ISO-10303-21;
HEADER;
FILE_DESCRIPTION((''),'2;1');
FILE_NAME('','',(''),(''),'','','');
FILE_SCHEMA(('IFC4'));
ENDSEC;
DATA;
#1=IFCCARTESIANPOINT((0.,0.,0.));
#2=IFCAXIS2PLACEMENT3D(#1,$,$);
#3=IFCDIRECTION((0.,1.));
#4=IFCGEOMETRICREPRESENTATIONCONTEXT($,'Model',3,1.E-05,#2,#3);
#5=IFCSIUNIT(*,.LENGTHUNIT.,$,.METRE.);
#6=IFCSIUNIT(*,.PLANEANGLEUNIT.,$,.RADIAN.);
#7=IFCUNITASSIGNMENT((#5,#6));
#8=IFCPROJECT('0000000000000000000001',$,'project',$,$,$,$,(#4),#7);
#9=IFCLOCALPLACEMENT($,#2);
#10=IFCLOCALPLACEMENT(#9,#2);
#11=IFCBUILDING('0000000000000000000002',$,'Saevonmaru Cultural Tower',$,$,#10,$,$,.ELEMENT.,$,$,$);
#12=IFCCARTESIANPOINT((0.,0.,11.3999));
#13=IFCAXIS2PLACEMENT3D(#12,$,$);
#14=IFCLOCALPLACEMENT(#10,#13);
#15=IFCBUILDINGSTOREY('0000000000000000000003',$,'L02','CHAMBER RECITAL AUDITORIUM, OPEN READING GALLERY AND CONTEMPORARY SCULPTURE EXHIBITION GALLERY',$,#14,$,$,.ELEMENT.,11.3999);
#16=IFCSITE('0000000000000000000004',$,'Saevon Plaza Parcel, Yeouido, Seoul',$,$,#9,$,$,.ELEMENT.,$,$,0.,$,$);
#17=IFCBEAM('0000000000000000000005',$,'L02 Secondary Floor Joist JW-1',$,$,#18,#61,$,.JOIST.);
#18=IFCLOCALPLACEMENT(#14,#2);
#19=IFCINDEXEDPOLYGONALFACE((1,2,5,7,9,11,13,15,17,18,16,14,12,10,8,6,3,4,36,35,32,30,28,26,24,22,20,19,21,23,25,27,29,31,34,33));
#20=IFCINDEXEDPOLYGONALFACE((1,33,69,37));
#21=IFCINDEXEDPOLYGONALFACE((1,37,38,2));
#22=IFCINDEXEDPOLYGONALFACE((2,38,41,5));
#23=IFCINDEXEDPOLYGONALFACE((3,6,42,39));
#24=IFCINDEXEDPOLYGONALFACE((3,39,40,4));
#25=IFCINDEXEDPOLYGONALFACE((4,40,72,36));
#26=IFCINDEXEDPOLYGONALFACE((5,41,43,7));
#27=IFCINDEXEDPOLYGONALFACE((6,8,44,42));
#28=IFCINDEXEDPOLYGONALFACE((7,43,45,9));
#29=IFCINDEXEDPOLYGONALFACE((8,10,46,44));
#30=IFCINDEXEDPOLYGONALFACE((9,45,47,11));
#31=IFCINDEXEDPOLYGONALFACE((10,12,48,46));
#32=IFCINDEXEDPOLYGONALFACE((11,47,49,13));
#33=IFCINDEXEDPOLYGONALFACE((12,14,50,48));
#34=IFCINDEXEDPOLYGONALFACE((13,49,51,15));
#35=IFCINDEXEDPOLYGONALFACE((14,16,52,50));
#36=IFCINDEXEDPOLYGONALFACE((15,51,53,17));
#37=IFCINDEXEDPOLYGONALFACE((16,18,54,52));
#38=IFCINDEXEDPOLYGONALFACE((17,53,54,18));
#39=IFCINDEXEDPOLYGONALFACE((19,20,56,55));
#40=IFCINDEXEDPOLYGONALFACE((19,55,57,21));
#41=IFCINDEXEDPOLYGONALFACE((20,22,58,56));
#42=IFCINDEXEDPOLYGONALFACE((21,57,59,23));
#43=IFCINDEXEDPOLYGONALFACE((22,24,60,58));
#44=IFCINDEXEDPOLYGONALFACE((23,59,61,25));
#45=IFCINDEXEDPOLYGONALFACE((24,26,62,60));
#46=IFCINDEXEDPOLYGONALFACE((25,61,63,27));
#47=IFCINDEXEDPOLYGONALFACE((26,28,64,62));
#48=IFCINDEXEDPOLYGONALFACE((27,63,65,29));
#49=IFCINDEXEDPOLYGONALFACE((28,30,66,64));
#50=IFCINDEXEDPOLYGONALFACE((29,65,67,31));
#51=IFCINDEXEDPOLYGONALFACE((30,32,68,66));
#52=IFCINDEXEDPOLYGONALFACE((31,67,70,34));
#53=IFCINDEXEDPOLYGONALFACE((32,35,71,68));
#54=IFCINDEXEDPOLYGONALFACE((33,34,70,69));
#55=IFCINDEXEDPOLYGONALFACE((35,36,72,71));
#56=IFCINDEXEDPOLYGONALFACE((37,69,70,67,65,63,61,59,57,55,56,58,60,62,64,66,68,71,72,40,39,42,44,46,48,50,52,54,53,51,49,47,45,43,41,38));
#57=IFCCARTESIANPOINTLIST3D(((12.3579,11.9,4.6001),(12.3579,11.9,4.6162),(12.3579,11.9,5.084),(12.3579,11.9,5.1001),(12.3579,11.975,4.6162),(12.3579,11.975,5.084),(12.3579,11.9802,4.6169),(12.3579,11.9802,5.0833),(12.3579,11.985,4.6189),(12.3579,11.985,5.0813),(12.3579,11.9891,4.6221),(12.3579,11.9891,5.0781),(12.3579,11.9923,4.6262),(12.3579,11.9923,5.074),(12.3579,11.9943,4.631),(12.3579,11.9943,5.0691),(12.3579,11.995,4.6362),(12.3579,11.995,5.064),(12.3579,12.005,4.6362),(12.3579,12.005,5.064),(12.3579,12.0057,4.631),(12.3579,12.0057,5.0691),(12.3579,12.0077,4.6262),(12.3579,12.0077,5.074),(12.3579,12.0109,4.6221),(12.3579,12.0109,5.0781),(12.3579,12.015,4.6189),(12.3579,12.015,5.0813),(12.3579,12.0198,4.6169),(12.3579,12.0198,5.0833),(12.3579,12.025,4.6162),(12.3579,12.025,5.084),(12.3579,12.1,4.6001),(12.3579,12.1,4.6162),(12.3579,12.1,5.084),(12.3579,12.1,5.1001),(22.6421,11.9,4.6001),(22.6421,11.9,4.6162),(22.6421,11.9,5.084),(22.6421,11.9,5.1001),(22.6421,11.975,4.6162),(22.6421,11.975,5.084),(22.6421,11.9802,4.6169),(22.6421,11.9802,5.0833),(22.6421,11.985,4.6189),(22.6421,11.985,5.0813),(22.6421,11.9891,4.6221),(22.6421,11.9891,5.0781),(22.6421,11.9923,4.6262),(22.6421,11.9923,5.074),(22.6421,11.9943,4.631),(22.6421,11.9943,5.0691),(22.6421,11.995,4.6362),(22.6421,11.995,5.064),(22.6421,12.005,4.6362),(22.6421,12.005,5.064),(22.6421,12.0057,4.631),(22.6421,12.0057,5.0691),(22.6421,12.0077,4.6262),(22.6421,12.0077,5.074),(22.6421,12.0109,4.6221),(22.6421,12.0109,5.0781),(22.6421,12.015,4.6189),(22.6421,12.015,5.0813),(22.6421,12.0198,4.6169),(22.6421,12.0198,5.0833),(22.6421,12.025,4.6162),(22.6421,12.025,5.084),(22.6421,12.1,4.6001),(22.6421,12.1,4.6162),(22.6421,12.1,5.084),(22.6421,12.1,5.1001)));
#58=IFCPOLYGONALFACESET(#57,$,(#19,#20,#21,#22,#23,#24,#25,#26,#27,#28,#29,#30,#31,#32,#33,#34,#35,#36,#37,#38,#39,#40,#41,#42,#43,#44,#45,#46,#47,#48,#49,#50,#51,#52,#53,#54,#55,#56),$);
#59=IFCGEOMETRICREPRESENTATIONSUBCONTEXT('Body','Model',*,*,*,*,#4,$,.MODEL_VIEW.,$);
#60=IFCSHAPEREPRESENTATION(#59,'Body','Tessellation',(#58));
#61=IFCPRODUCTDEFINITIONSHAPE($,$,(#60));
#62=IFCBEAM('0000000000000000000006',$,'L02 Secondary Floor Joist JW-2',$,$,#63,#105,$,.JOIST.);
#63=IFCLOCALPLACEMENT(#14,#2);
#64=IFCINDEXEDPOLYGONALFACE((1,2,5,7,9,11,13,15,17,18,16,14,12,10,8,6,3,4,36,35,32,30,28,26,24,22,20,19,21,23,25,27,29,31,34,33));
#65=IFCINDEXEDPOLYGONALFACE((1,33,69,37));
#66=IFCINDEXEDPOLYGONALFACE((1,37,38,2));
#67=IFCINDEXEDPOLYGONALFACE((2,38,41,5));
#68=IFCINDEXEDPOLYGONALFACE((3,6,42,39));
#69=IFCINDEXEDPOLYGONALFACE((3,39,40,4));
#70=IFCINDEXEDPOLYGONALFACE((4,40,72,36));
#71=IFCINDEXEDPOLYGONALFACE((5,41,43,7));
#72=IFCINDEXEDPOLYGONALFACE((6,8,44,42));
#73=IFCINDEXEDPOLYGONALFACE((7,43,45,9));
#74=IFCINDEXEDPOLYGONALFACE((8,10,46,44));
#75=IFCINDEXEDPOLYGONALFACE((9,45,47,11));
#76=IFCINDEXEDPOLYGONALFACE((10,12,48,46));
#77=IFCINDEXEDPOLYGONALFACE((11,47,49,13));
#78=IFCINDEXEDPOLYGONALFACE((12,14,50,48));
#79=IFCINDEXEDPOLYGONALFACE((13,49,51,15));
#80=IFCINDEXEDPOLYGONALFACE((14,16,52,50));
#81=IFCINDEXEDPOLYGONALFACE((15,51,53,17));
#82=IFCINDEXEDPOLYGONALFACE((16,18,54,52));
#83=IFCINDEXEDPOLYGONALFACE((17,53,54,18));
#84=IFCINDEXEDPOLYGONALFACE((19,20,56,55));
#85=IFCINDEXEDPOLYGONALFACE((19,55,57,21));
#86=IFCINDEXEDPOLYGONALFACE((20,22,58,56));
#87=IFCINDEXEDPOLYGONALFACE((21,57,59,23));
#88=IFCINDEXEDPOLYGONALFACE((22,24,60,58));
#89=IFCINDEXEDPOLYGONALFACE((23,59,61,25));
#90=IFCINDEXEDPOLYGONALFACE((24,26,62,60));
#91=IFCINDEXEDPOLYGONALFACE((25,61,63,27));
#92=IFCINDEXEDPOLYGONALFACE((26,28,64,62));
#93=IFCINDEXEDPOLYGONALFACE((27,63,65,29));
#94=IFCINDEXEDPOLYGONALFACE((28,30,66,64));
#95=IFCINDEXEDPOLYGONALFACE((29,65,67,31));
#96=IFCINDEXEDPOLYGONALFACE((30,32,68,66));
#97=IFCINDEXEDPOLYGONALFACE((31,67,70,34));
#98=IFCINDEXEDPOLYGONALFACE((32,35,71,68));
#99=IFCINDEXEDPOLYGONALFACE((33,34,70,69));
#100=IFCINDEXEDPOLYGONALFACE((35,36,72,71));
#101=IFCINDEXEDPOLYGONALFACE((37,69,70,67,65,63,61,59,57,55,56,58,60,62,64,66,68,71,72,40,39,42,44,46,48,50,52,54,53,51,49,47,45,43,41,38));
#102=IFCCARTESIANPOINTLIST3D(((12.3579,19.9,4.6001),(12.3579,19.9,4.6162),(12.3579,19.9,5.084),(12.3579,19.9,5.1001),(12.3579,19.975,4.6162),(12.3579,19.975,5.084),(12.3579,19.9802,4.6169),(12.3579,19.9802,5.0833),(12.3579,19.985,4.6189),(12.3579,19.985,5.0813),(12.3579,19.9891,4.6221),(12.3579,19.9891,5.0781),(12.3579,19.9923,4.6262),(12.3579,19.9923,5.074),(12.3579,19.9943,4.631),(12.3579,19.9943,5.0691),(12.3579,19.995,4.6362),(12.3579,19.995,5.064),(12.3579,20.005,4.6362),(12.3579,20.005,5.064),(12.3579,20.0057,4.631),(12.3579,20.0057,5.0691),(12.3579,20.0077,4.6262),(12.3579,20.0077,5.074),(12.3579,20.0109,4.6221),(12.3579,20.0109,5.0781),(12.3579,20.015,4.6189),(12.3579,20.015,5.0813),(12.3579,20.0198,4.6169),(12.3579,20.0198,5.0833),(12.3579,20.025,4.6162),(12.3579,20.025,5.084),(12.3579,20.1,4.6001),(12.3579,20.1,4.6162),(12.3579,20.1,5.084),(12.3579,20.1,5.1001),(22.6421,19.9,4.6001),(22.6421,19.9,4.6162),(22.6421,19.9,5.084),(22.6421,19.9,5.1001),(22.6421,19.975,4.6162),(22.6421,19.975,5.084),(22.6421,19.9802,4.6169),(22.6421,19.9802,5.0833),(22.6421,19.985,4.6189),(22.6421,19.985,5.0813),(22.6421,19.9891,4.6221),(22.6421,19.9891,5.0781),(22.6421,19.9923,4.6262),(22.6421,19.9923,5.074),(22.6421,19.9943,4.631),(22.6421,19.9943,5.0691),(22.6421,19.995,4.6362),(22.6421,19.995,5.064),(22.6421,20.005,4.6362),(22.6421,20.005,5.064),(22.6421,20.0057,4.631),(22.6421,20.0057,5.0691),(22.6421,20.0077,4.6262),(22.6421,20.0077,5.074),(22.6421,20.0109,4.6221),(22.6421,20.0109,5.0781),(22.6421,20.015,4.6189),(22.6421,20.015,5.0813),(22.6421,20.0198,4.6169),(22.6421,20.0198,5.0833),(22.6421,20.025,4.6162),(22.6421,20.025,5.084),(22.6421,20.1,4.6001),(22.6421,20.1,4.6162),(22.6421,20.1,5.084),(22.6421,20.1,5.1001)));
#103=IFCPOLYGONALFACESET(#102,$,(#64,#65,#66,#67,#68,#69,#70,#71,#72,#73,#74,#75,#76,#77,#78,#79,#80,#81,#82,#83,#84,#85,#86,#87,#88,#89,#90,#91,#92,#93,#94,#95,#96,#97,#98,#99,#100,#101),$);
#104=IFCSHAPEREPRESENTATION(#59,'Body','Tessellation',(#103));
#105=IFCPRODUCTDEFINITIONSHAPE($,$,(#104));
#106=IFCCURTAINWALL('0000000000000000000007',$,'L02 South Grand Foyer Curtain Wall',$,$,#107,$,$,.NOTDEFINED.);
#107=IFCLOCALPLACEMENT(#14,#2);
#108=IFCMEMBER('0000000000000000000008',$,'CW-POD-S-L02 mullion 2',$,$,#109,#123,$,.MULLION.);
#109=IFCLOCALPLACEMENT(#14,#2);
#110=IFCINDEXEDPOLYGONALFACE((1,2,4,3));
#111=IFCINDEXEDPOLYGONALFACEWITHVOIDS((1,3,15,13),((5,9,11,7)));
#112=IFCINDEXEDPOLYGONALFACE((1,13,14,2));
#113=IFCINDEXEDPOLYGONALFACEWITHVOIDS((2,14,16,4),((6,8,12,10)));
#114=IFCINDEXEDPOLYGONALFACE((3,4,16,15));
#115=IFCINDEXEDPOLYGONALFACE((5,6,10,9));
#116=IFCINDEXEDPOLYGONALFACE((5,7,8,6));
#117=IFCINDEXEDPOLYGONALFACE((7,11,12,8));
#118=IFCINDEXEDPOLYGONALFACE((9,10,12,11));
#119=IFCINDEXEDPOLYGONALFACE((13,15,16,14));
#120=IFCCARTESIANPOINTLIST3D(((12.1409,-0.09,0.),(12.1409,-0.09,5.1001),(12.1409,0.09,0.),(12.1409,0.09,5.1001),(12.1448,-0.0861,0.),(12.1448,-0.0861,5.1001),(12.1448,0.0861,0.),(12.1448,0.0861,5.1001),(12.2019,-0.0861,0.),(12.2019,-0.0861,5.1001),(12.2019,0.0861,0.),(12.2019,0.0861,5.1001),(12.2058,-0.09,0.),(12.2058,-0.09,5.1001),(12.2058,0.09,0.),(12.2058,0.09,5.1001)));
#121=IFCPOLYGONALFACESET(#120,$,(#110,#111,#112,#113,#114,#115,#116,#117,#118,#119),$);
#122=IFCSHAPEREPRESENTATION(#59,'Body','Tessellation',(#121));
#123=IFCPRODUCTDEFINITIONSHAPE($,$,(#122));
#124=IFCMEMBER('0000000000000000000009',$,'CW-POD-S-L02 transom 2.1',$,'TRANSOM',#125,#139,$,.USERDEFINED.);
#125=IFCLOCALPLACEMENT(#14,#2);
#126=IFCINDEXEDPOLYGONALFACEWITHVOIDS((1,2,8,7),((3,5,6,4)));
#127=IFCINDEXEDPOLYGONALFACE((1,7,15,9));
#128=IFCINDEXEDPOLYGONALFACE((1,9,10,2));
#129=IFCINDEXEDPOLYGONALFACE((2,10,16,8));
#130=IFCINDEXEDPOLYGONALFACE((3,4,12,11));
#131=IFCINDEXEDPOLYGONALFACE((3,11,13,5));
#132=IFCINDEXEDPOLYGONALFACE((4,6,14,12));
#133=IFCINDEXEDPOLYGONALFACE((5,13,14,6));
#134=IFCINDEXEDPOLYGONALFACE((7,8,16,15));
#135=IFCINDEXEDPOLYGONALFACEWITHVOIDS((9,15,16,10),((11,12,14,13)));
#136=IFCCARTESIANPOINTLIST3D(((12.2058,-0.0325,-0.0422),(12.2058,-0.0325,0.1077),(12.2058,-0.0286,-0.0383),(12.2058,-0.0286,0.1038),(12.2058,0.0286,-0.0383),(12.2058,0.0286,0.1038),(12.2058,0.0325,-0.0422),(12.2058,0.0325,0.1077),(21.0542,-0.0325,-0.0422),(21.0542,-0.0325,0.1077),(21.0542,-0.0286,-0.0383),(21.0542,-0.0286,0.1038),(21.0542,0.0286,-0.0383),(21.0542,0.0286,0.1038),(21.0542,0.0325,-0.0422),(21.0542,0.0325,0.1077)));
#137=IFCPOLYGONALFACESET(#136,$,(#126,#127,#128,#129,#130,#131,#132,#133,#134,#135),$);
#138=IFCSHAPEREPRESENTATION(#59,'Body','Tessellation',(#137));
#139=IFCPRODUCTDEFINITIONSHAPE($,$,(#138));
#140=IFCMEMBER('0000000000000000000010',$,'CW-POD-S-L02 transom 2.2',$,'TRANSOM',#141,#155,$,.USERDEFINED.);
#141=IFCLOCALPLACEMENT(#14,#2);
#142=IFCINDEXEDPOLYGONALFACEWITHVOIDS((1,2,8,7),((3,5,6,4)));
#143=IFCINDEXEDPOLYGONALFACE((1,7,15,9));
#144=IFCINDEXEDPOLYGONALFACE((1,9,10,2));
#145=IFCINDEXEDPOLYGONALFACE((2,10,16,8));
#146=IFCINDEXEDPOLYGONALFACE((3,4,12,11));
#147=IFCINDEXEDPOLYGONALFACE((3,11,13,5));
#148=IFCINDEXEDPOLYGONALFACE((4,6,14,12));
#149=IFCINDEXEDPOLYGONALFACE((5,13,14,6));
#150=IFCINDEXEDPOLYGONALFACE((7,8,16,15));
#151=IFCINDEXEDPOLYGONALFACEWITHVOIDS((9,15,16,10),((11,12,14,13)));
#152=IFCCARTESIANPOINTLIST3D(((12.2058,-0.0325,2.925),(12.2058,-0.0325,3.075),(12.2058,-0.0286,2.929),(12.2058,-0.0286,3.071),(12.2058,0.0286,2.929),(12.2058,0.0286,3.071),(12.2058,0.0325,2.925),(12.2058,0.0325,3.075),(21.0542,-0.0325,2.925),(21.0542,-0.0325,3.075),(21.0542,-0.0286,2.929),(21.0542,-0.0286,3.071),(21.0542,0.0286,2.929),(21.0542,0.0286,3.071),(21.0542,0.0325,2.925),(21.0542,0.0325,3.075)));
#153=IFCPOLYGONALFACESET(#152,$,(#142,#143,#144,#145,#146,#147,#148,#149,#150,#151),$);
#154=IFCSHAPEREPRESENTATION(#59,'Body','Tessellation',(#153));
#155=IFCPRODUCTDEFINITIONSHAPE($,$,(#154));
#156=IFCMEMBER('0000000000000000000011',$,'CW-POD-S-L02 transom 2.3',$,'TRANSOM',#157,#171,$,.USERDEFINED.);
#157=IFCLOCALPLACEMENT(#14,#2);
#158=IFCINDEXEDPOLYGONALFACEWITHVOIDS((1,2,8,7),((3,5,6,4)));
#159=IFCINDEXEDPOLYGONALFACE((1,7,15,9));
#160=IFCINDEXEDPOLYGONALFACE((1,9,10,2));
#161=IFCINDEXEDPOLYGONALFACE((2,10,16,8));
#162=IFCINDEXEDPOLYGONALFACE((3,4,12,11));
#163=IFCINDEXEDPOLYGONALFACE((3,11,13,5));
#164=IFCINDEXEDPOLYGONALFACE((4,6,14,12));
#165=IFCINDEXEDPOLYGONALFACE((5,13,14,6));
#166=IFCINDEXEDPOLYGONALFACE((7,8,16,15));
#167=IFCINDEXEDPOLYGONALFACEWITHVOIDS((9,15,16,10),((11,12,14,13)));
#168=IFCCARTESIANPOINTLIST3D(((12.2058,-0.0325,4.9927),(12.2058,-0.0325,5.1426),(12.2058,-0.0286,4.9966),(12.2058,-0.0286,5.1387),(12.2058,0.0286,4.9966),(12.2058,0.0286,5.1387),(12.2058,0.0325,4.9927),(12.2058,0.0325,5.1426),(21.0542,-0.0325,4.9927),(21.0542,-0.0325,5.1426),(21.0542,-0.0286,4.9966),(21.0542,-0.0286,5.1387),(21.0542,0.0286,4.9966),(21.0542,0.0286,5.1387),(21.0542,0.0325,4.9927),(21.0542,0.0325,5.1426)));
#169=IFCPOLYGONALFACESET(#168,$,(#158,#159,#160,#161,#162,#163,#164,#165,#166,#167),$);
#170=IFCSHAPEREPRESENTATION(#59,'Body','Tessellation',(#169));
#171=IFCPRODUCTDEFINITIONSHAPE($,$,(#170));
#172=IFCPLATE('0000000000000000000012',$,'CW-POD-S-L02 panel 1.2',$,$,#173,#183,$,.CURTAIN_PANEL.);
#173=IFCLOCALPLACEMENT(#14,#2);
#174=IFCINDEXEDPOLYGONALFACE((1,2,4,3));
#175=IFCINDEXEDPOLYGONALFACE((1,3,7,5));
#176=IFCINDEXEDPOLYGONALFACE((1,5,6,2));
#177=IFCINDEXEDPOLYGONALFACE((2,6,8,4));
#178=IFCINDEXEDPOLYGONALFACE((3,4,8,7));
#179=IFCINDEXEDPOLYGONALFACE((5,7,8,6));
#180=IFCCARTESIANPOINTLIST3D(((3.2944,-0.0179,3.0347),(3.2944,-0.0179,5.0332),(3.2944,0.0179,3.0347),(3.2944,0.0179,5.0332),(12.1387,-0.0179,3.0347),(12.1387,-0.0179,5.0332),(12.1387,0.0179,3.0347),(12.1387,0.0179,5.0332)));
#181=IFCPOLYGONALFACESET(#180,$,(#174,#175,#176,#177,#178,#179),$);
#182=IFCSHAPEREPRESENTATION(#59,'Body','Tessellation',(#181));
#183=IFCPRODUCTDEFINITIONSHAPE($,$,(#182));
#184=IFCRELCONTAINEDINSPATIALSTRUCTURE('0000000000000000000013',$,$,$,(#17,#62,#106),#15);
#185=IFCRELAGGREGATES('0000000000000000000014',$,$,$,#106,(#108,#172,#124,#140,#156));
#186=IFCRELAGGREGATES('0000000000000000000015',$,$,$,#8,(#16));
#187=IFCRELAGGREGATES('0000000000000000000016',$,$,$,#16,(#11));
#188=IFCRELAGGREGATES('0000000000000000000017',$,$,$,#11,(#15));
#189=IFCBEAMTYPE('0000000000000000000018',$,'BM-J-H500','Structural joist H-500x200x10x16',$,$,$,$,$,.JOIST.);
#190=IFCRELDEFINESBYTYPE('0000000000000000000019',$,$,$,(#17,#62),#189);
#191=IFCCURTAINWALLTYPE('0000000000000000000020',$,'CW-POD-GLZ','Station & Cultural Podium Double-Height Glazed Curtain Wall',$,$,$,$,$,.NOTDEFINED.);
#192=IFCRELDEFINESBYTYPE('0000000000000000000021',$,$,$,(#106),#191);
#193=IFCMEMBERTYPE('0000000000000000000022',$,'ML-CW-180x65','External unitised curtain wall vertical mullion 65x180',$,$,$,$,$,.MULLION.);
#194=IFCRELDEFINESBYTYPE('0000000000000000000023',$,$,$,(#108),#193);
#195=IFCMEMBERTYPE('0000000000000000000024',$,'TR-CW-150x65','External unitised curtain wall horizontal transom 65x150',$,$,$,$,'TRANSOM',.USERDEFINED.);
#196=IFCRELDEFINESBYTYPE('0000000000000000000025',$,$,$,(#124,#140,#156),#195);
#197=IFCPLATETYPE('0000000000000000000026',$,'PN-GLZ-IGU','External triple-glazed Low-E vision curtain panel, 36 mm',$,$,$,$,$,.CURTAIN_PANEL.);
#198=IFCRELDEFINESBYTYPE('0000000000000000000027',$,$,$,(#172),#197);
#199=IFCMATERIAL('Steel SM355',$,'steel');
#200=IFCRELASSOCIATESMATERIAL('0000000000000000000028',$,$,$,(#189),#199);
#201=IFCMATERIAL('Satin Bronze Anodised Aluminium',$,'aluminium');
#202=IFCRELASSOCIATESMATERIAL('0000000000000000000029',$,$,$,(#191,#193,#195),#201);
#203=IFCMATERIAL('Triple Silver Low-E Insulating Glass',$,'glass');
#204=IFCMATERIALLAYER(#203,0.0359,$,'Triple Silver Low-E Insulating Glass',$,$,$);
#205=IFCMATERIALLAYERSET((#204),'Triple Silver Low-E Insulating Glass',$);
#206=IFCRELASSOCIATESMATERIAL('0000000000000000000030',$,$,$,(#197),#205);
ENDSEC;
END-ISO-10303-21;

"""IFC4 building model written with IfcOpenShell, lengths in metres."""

from ifc_helpers import new_model, si_unit, direction, frame, origin, origin_2d, place, context, subcontext, project, spatial, rectangle, hollow_rectangle, i_section, extrude, material, layer, layer_set, material_profile, profile_set, type_object, element, aggregate, save


model = new_model("IFC4")

# Units and contexts
model_context = context("Model", 3, precision=1e-05, world=origin(), true_north=direction((0.0, 1.0)))
body_context = subcontext(model_context, "Body", "Model", "MODEL_VIEW")
ifc_project = project(units=[si_unit("LENGTHUNIT", "METRE"), si_unit("PLANEANGLEUNIT", "RADIAN")], contexts=[model_context])

# Site, building, storey
site_placement = place(None, origin())
site = spatial("IfcSite", under=ifc_project, at=site_placement, Name="Saevon Plaza Parcel, Yeouido, Seoul", CompositionType="ELEMENT", RefElevation=0.0)
building_placement = place(site_placement, origin())
building = spatial("IfcBuilding", under=site, at=building_placement, Name="Saevonmaru Cultural Tower", CompositionType="ELEMENT")
storey_placement = place(building_placement, frame((0.0, 0.0, 11.3999)))
storey = spatial("IfcBuildingStorey", under=building, at=storey_placement, Name="L02", Description="CHAMBER RECITAL AUDITORIUM, OPEN READING GALLERY AND CONTEMPORARY SCULPTURE EXHIBITION GALLERY", CompositionType="ELEMENT", Elevation=11.3999)

# Shared definitions
ifc_material_1 = material(Name="Steel SM355", Category="steel")

# Beams
ifc_material_profile_1 = material_profile(ifc_material_1, i_section(OverallWidth=0.2, OverallDepth=0.5, WebThickness=0.01, FlangeThickness=0.0161, FilletRadius=0.02, at=origin_2d()), Name="H-500x200x10x16")
ifc_profile_set_1 = profile_set([ifc_material_profile_1], Name="Steel SM355")
beam_type_1 = type_object("IfcBeamType", Name="BM-J-H500", Description="Structural joist H-500x200x10x16", PredefinedType="JOIST", material=ifc_profile_set_1)
for number, where, z_axis, x_axis, name in (
    (1, (12.3579, 12.0, 4.8501), (1.0, 0.0, 0.0), (0.0, 1.0, 0.0), "L02 Secondary Floor Joist JW-1"),
    (2, (12.3579, 20.0, 4.8501), (1.0, 0.0, 0.0), (0.0, 1.0, 0.0), "L02 Secondary Floor Joist JW-2"),
):
    element("IfcBeam", number, at=place(storey_placement, frame(where, z_axis=z_axis, x_axis=x_axis)), inside=storey, type_object=beam_type_1, Name=name, PredefinedType="JOIST", context=body_context, shape_type="SweptSolid", body=[
        extrude(i_section(OverallWidth=0.2, OverallDepth=0.5, WebThickness=0.01, FlangeThickness=0.0161, FilletRadius=0.02, at=origin_2d()), origin(), (0.0, 0.0, 1.0), 10.2842),
    ])

# Curtain wall, members, plate
ifc_material_2 = material(Name="Satin Bronze Anodised Aluminium", Category="aluminium")
curtain_wall_type = type_object("IfcCurtainWallType", Name="CW-POD-GLZ", Description="Station & Cultural Podium Double-Height Glazed Curtain Wall", PredefinedType="NOTDEFINED", material=ifc_material_2)
curtain_wall_placement = place(storey_placement, origin())
curtain_wall = element("IfcCurtainWall", 3, at=curtain_wall_placement, inside=storey, type_object=curtain_wall_type, Name="L02 South Grand Foyer Curtain Wall", PredefinedType="NOTDEFINED")
ifc_material_profile_2 = material_profile(ifc_material_2, hollow_rectangle(XDim=0.0649, YDim=0.1799, WallThickness=0.0039, at=origin_2d()), Name="ALU-MULL-180x65x4")
ifc_profile_set_2 = profile_set([ifc_material_profile_2], Name="Satin Bronze Anodised Aluminium")
member_type_1 = type_object("IfcMemberType", Name="ML-CW-180x65", Description="External unitised curtain wall vertical mullion 65x180", PredefinedType="MULLION", material=ifc_profile_set_2)
member_1_placement = place(storey_placement, frame((12.1733, 0.0, 0.0), z_axis=(0.0, 0.0, 1.0), x_axis=(1.0, 0.0, 0.0)))
member_1 = element("IfcMember", 4, at=member_1_placement, type_object=member_type_1, Name="CW-POD-S-L02 mullion 2", PredefinedType="MULLION", context=body_context, shape_type="SweptSolid", body=[
    extrude(hollow_rectangle(XDim=0.0649, YDim=0.1799, WallThickness=0.0039, at=origin_2d()), origin(), (0.0, 0.0, 1.0), 5.1001),
])
ifc_material_profile_3 = material_profile(ifc_material_2, hollow_rectangle(XDim=0.0649, YDim=0.1499, WallThickness=0.0039, at=origin_2d()), Name="ALU-TRAN-150x65x4")
ifc_profile_set_3 = profile_set([ifc_material_profile_3], Name="Satin Bronze Anodised Aluminium")
member_type_2 = type_object("IfcMemberType", Name="TR-CW-150x65", Description="External unitised curtain wall horizontal transom 65x150", ElementType="TRANSOM", PredefinedType="USERDEFINED", material=ifc_profile_set_3)
member_2_placement = place(storey_placement, frame((12.2058, 0.0, 0.0327), z_axis=(1.0, 0.0, 0.0), x_axis=(0.0, 1.0, 0.0)))
member_2 = element("IfcMember", 5, at=member_2_placement, type_object=member_type_2, Name="CW-POD-S-L02 transom 2.1", ObjectType="TRANSOM", PredefinedType="USERDEFINED", context=body_context, shape_type="SweptSolid", body=[
    extrude(hollow_rectangle(XDim=0.0649, YDim=0.1499, WallThickness=0.0039, at=origin_2d()), origin(), (0.0, 0.0, 1.0), 8.8484),
])
member_3_placement = place(storey_placement, frame((12.2058, 0.0, 3.0), z_axis=(1.0, 0.0, 0.0), x_axis=(0.0, 1.0, 0.0)))
member_3 = element("IfcMember", 6, at=member_3_placement, type_object=member_type_2, Name="CW-POD-S-L02 transom 2.2", ObjectType="TRANSOM", PredefinedType="USERDEFINED", context=body_context, shape_type="SweptSolid", body=[
    extrude(hollow_rectangle(XDim=0.0649, YDim=0.1499, WallThickness=0.0039, at=origin_2d()), origin(), (0.0, 0.0, 1.0), 8.8484),
])
member_4_placement = place(storey_placement, frame((12.2058, 0.0, 5.0676), z_axis=(1.0, 0.0, 0.0), x_axis=(0.0, 1.0, 0.0)))
member_4 = element("IfcMember", 7, at=member_4_placement, type_object=member_type_2, Name="CW-POD-S-L02 transom 2.3", ObjectType="TRANSOM", PredefinedType="USERDEFINED", context=body_context, shape_type="SweptSolid", body=[
    extrude(hollow_rectangle(XDim=0.0649, YDim=0.1499, WallThickness=0.0039, at=origin_2d()), origin(), (0.0, 0.0, 1.0), 8.8484),
])
ifc_material_3 = material(Name="Triple Silver Low-E Insulating Glass", Category="glass")
ifc_layer_1 = layer(ifc_material_3, 0.0359, Name="Triple Silver Low-E Insulating Glass")
ifc_layer_set_1 = layer_set([ifc_layer_1], Name="Triple Silver Low-E Insulating Glass")
plate_type = type_object("IfcPlateType", Name="PN-GLZ-IGU", Description="External triple-glazed Low-E vision curtain panel, 36 mm", PredefinedType="CURTAIN_PANEL", material=ifc_layer_set_1)
plate_placement = place(storey_placement, frame((7.7166, 0.0, 3.0347), z_axis=(0.0, 0.0, 1.0), x_axis=(1.0, 0.0, 0.0)))
plate = element("IfcPlate", 8, at=plate_placement, type_object=plate_type, Name="CW-POD-S-L02 panel 1.2", PredefinedType="CURTAIN_PANEL", context=body_context, shape_type="SweptSolid", body=[
    extrude(rectangle(XDim=8.8442, YDim=0.0359, at=origin_2d()), origin(), (0.0, 0.0, 1.0), 1.9985),
])
aggregate(curtain_wall, [member_1, plate, member_2, member_3, member_4])

save(model, "model.ifc")
